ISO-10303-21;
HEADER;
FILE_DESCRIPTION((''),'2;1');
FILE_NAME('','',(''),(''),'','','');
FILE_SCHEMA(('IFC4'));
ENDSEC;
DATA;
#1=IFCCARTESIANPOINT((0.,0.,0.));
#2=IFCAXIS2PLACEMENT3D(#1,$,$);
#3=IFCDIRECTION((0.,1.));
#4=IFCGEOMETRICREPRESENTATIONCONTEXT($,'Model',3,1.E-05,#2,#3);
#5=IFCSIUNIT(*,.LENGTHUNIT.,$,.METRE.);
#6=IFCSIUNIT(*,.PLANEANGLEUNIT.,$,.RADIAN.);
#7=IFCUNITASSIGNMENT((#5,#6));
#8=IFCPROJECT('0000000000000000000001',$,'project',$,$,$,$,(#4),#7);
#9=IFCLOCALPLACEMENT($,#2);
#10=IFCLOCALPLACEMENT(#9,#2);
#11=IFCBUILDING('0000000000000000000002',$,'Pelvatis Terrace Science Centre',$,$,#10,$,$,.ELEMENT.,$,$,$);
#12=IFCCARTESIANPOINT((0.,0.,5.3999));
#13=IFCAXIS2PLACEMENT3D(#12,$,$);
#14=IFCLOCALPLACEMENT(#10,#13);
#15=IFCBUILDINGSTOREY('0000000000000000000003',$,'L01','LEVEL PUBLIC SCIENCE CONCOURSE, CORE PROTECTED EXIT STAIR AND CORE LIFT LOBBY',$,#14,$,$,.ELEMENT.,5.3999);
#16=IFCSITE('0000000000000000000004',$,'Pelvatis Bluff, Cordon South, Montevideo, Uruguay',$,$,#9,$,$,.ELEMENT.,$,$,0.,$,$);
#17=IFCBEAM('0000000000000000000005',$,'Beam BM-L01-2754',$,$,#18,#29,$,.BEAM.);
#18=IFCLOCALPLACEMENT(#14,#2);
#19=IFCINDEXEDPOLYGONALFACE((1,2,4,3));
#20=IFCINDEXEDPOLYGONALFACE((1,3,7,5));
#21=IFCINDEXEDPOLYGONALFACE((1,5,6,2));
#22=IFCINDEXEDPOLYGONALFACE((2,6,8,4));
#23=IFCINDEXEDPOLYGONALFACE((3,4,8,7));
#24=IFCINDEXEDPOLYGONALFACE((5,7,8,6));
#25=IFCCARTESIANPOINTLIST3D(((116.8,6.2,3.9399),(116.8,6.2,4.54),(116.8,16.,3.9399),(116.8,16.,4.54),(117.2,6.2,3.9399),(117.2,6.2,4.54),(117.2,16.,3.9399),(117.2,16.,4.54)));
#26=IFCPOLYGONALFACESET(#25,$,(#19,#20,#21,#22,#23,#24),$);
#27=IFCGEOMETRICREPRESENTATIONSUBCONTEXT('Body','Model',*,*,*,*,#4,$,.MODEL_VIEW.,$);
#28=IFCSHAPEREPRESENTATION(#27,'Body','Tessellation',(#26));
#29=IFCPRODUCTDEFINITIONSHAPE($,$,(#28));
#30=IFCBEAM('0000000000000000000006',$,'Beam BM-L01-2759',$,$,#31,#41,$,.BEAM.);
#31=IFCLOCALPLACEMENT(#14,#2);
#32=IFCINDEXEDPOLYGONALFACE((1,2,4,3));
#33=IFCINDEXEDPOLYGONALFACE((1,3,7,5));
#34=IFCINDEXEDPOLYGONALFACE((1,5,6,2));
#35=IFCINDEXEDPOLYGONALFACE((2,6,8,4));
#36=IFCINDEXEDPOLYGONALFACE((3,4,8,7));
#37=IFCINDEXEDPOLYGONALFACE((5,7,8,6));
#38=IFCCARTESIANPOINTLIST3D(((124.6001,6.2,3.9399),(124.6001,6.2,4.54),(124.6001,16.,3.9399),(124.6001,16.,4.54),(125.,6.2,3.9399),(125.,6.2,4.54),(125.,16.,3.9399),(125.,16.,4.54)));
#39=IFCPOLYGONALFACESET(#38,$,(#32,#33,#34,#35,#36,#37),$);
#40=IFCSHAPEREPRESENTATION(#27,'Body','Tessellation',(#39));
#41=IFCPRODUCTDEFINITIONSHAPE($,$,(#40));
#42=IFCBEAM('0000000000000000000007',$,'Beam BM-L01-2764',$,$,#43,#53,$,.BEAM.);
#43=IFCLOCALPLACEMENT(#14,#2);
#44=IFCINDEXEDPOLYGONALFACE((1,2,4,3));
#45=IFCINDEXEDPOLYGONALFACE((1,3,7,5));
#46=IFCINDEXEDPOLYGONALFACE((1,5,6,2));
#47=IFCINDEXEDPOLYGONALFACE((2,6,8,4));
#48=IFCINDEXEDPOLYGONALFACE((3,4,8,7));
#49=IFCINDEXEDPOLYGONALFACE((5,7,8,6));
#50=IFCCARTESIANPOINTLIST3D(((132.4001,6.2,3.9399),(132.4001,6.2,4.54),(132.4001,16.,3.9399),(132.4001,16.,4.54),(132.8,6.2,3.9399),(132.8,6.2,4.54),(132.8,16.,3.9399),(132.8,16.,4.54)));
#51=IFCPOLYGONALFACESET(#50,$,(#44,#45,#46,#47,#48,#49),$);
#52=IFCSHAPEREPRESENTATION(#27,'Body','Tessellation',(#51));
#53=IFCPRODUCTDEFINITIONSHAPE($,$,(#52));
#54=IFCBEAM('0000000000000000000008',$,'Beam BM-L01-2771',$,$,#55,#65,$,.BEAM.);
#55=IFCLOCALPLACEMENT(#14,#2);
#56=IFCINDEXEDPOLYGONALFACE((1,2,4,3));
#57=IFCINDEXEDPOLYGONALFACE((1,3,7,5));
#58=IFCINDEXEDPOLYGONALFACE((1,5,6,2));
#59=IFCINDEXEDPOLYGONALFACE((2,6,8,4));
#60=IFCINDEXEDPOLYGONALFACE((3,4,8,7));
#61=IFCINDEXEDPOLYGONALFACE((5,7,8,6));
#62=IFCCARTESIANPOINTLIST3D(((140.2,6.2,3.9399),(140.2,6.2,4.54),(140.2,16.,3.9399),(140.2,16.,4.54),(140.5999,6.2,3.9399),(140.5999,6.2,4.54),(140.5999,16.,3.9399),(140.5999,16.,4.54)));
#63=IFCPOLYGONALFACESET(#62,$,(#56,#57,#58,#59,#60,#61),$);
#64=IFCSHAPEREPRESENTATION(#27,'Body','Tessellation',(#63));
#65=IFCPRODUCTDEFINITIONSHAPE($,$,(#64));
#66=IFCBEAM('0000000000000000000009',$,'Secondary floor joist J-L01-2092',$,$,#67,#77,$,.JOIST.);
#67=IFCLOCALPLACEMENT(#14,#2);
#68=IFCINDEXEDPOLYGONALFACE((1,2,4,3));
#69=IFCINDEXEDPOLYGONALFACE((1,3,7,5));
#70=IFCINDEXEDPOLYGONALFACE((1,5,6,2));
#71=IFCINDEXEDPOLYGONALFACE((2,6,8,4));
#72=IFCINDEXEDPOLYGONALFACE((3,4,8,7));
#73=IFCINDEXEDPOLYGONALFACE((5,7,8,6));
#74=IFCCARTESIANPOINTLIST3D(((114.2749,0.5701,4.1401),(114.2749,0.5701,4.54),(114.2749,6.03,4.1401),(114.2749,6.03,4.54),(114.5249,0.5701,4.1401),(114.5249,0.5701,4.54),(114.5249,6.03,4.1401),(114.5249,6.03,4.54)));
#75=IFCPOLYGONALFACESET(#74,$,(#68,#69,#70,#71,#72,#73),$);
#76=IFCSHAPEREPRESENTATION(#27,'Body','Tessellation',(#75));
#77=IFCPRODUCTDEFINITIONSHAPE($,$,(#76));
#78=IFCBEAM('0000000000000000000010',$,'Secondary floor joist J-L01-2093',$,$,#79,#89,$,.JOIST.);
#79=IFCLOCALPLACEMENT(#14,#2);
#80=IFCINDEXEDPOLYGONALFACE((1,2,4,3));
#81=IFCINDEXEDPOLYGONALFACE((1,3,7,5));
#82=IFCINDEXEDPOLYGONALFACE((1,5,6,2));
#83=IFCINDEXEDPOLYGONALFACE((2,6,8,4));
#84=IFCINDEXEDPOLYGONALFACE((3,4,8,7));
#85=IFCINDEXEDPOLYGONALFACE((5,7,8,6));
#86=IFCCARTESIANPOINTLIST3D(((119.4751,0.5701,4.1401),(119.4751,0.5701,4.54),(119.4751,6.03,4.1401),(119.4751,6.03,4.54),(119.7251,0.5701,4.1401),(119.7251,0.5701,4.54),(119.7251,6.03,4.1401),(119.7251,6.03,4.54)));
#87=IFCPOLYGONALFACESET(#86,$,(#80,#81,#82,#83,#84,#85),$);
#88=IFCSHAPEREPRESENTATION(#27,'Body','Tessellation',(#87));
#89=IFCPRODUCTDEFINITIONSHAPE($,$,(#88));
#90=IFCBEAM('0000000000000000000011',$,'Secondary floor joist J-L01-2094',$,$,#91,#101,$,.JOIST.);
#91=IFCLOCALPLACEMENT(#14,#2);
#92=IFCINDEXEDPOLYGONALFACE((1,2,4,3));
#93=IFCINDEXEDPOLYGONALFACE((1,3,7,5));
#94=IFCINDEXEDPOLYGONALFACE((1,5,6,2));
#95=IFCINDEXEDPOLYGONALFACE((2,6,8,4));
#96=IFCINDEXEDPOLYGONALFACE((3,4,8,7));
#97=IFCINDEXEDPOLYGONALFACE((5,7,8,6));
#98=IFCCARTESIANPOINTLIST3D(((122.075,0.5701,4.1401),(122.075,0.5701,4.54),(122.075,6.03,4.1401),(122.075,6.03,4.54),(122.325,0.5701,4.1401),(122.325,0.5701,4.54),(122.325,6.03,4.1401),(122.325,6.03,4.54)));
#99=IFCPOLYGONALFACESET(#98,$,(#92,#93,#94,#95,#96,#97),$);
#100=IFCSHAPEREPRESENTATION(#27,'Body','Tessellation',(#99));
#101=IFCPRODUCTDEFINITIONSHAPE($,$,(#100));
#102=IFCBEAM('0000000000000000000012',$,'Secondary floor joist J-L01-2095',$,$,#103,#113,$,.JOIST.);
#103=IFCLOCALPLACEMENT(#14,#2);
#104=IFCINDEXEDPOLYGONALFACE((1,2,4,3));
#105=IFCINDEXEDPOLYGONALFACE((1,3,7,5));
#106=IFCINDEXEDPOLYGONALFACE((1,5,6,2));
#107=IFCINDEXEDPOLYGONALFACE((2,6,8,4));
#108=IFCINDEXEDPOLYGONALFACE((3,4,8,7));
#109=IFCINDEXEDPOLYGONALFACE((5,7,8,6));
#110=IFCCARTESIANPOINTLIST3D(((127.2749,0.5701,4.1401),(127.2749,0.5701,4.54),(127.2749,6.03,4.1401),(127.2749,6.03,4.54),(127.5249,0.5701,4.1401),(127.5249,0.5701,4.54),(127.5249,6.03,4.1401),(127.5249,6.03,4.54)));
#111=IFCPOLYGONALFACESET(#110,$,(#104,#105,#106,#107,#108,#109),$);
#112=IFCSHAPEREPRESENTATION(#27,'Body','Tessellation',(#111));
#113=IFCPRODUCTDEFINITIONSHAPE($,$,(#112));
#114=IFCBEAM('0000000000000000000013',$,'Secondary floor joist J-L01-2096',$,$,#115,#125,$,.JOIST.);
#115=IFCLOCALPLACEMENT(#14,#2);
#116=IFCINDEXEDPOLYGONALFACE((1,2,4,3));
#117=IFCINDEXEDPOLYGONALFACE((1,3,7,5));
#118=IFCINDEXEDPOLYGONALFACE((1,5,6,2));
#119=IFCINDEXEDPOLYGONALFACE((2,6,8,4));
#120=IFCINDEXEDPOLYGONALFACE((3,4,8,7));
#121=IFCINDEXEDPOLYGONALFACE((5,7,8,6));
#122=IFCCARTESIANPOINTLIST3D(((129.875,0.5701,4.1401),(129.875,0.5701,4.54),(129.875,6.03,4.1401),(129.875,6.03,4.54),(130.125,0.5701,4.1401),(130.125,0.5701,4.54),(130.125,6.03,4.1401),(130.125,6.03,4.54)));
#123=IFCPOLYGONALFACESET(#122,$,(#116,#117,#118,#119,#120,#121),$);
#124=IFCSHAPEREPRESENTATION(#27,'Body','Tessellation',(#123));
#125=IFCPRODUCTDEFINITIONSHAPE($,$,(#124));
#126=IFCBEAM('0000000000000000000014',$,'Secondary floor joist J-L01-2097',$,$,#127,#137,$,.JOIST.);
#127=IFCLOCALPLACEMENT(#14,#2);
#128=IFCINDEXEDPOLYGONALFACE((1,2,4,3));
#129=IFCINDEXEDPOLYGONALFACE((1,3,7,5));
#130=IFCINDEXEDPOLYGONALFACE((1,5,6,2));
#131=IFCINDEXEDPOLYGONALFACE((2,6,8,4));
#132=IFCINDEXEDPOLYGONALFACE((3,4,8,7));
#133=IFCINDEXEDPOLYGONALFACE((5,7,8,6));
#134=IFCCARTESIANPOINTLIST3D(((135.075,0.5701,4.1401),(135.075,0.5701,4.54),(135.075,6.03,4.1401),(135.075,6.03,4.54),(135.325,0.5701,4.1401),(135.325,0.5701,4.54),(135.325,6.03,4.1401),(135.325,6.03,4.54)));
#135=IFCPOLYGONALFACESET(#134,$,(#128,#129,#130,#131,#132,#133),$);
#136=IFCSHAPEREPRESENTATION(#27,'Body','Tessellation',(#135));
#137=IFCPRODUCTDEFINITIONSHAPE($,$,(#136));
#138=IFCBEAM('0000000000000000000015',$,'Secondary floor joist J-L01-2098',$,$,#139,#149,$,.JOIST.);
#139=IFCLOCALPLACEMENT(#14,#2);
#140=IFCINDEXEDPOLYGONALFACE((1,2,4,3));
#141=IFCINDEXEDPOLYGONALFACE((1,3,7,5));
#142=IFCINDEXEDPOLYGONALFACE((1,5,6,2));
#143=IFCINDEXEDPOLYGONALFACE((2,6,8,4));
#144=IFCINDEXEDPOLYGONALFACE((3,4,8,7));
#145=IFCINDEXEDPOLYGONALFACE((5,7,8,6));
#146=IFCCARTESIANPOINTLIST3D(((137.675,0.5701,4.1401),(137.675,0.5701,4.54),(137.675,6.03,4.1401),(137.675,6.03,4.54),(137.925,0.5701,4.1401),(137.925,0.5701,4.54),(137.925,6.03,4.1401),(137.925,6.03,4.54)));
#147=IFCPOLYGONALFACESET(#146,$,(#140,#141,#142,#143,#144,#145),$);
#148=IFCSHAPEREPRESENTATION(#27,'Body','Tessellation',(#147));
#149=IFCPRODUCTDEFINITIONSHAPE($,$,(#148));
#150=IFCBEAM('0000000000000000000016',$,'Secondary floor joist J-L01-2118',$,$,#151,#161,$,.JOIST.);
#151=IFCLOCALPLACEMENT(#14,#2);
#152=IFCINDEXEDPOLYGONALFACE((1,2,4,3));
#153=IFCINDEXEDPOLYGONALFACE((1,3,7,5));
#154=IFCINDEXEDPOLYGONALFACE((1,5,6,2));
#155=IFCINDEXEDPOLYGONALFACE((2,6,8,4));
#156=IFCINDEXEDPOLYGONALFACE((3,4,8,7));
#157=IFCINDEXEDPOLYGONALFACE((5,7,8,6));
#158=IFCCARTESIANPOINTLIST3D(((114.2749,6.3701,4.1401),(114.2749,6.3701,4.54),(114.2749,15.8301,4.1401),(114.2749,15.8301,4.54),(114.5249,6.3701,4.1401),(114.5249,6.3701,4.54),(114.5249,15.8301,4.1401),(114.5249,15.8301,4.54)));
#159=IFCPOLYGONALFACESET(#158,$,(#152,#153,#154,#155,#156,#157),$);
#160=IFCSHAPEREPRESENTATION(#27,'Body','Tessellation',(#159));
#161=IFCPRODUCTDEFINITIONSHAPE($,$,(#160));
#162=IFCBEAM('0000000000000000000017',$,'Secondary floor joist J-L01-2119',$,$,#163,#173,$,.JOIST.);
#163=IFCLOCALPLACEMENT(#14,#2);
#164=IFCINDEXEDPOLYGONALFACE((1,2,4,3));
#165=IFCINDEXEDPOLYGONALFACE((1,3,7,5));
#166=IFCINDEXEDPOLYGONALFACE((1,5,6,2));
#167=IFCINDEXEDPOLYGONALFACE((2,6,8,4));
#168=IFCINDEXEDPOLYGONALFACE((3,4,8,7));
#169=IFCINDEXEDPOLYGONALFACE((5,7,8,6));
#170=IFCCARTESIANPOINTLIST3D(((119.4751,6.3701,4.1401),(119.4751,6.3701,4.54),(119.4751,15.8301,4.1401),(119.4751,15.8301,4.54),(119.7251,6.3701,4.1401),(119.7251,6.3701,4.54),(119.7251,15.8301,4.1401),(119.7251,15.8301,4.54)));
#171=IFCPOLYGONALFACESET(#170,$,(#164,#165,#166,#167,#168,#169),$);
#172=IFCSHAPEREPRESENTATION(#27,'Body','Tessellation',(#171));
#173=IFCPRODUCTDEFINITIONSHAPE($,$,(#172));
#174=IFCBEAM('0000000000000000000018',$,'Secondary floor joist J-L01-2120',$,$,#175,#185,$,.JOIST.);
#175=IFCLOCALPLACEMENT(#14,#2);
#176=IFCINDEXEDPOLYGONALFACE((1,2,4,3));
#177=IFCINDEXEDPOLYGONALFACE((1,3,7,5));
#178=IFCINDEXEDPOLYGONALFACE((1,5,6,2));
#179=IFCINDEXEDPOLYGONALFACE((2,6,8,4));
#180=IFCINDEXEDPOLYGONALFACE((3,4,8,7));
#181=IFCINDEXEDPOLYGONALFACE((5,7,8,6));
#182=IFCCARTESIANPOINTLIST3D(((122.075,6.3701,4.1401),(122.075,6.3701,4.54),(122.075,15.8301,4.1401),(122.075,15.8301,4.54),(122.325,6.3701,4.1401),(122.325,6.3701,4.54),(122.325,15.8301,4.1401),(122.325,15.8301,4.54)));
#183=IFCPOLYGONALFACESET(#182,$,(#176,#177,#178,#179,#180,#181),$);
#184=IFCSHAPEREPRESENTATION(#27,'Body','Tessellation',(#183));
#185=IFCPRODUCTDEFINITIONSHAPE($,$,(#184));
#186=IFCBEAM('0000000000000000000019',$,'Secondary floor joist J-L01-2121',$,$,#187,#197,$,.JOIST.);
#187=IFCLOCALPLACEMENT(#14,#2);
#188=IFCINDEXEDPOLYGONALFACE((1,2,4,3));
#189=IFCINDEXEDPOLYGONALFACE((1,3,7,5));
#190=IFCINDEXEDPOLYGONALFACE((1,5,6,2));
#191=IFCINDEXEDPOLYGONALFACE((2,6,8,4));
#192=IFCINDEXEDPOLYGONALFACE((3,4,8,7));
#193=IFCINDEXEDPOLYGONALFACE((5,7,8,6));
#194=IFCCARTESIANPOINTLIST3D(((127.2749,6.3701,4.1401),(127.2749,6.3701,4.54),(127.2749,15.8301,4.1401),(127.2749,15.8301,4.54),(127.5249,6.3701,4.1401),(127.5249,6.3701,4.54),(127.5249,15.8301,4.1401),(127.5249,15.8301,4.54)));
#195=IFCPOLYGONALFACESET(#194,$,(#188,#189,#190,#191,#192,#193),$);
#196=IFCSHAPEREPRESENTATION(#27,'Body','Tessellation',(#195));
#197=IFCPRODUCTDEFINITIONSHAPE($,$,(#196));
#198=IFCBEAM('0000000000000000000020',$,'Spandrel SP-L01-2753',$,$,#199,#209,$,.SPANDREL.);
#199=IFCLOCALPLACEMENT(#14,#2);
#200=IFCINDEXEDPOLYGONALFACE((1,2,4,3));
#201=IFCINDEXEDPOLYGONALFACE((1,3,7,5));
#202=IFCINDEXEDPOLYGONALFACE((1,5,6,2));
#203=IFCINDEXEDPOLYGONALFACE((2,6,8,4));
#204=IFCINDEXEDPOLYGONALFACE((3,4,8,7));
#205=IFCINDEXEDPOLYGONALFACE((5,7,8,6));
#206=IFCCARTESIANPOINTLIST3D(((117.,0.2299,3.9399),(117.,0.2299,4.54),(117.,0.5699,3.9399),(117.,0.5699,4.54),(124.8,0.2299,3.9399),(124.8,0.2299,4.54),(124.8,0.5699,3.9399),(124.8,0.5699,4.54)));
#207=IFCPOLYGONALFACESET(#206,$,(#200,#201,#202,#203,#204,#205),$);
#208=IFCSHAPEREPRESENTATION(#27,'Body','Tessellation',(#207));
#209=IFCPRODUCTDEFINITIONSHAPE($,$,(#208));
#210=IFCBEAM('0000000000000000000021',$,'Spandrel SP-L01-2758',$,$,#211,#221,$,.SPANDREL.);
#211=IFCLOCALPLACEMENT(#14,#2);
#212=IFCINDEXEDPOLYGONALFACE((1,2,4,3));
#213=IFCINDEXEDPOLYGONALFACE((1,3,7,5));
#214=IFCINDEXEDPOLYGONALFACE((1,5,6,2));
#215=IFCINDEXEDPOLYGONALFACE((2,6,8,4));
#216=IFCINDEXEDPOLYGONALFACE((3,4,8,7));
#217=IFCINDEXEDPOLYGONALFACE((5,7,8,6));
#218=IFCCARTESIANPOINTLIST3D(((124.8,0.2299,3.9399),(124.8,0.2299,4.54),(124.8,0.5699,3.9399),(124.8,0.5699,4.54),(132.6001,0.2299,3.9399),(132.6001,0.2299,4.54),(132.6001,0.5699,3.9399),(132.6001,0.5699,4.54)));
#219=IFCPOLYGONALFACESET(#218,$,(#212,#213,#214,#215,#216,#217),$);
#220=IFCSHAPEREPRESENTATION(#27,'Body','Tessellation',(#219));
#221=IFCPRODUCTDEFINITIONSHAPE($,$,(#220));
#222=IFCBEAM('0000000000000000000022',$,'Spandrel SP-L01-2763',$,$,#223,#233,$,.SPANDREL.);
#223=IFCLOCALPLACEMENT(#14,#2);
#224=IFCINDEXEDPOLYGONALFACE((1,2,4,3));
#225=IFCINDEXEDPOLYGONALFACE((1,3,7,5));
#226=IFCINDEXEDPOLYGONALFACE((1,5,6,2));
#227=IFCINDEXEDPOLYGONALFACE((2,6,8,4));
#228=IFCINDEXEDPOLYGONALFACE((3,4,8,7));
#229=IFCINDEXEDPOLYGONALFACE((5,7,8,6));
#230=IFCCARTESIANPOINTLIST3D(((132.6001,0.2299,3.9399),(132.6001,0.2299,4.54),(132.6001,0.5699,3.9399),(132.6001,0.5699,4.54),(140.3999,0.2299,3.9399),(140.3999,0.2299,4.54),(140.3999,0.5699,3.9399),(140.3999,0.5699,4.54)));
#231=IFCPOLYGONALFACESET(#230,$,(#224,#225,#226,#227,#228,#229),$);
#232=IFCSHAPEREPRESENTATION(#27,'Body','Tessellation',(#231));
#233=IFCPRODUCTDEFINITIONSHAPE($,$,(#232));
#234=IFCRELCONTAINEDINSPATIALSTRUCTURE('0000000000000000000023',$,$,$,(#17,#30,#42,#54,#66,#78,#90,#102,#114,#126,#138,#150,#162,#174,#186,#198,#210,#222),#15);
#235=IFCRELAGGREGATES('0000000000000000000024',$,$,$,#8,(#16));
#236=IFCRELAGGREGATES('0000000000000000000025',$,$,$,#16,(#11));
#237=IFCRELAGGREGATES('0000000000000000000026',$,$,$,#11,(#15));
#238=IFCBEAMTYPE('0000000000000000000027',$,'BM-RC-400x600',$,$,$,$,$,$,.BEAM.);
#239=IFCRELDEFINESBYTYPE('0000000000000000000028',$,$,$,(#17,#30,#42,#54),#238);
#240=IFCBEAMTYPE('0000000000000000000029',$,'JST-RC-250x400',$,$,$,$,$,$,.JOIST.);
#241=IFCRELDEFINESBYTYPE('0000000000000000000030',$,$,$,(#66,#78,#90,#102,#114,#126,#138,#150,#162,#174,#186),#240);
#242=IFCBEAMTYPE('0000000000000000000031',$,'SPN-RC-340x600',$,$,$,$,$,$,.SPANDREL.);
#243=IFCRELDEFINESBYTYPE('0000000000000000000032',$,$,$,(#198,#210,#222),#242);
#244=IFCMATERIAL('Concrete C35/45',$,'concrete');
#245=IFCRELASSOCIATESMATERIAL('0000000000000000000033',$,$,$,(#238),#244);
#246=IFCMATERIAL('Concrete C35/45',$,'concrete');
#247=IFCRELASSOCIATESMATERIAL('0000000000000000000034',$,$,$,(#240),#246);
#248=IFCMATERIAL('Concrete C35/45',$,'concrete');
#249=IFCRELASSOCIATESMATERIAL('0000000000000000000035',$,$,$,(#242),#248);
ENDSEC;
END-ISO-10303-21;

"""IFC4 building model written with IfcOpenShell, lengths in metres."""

from ifc_helpers import new_model, si_unit, direction, frame, origin, origin_2d, place, context, subcontext, project, spatial, rectangle, extrude, material, material_profile, profile_set, type_object, element, save


model = new_model("IFC4")

# Units and contexts
model_context = context("Model", 3, precision=1e-05, world=origin(), true_north=direction((0.0, 1.0)))
body_context = subcontext(model_context, "Body", "Model", "MODEL_VIEW")
ifc_project = project(units=[si_unit("LENGTHUNIT", "METRE"), si_unit("PLANEANGLEUNIT", "RADIAN")], contexts=[model_context])

# Site, building, storey
site_placement = place(None, origin())
site = spatial("IfcSite", under=ifc_project, at=site_placement, Name="Pelvatis Bluff, Cordon South, Montevideo, Uruguay", CompositionType="ELEMENT", RefElevation=0.0)
building_placement = place(site_placement, origin())
building = spatial("IfcBuilding", under=site, at=building_placement, Name="Pelvatis Terrace Science Centre", CompositionType="ELEMENT")
storey_placement = place(building_placement, frame((0.0, 0.0, 5.3999)))
storey = spatial("IfcBuildingStorey", under=building, at=storey_placement, Name="L01", Description="LEVEL PUBLIC SCIENCE CONCOURSE, CORE PROTECTED EXIT STAIR AND CORE LIFT LOBBY", CompositionType="ELEMENT", Elevation=5.3999)

# Beams
ifc_material_1 = material(Name="Concrete C35/45", Category="concrete")
ifc_material_profile_1 = material_profile(ifc_material_1, rectangle(XDim=0.3999, YDim=0.6001, at=origin_2d()), Name="RC-BM 400x600")
ifc_profile_set_1 = profile_set([ifc_material_profile_1], Name="Concrete C35/45")
beam_type_1 = type_object("IfcBeamType", Name="BM-RC-400x600", PredefinedType="BEAM", material=ifc_profile_set_1)
for number, where, z_axis, x_axis, name in (
    (1, (117.0, 6.2, 4.24), (0.0, 1.0, 0.0), (-1.0, 0.0, 0.0), "Beam BM-L01-2754"),
    (2, (124.8, 6.2, 4.24), (0.0, 1.0, 0.0), (-1.0, 0.0, 0.0), "Beam BM-L01-2759"),
    (3, (132.6001, 6.2, 4.24), (0.0, 1.0, 0.0), (-1.0, 0.0, 0.0), "Beam BM-L01-2764"),
    (4, (140.3999, 6.2, 4.24), (0.0, 1.0, 0.0), (-1.0, 0.0, 0.0), "Beam BM-L01-2771"),
):
    element("IfcBeam", number, at=place(storey_placement, frame(where, z_axis=z_axis, x_axis=x_axis)), inside=storey, type_object=beam_type_1, Name=name, PredefinedType="BEAM", context=body_context, shape_type="SweptSolid", body=[
        extrude(rectangle(XDim=0.3999, YDim=0.6001, at=origin_2d()), origin(), (0.0, 0.0, 1.0), 9.8),
    ])
ifc_material_2 = material(Name="Concrete C35/45", Category="concrete")
ifc_material_profile_2 = material_profile(ifc_material_2, rectangle(XDim=0.25, YDim=0.3999, at=origin_2d()), Name="RC-JST 250x400")
ifc_profile_set_2 = profile_set([ifc_material_profile_2], Name="Concrete C35/45")
beam_type_2 = type_object("IfcBeamType", Name="JST-RC-250x400", PredefinedType="JOIST", material=ifc_profile_set_2)
for number, where, z_axis, x_axis, name in (
    (5, (114.3999, 0.5701, 4.3401), (0.0, 1.0, 0.0), (-1.0, 0.0, 0.0), "Secondary floor joist J-L01-2092"),
    (6, (119.6001, 0.5701, 4.3401), (0.0, 1.0, 0.0), (-1.0, 0.0, 0.0), "Secondary floor joist J-L01-2093"),
    (7, (122.2, 0.5701, 4.3401), (0.0, 1.0, 0.0), (-1.0, 0.0, 0.0), "Secondary floor joist J-L01-2094"),
    (8, (127.3999, 0.5701, 4.3401), (0.0, 1.0, 0.0), (-1.0, 0.0, 0.0), "Secondary floor joist J-L01-2095"),
    (9, (130.0, 0.5701, 4.3401), (0.0, 1.0, 0.0), (-1.0, 0.0, 0.0), "Secondary floor joist J-L01-2096"),
    (10, (135.2, 0.5701, 4.3401), (0.0, 1.0, 0.0), (-1.0, 0.0, 0.0), "Secondary floor joist J-L01-2097"),
    (11, (137.8, 0.5701, 4.3401), (0.0, 1.0, 0.0), (-1.0, 0.0, 0.0), "Secondary floor joist J-L01-2098"),
):
    element("IfcBeam", number, at=place(storey_placement, frame(where, z_axis=z_axis, x_axis=x_axis)), inside=storey, type_object=beam_type_2, Name=name, PredefinedType="JOIST", context=body_context, shape_type="SweptSolid", body=[
        extrude(rectangle(XDim=0.25, YDim=0.3999, at=origin_2d()), origin(), (0.0, 0.0, 1.0), 5.46),
    ])
for number, where, z_axis, x_axis, name in (
    (12, (114.3999, 6.3701, 4.3401), (0.0, 1.0, 0.0), (-1.0, 0.0, 0.0), "Secondary floor joist J-L01-2118"),
    (13, (119.6001, 6.3701, 4.3401), (0.0, 1.0, 0.0), (-1.0, 0.0, 0.0), "Secondary floor joist J-L01-2119"),
    (14, (122.2, 6.3701, 4.3401), (0.0, 1.0, 0.0), (-1.0, 0.0, 0.0), "Secondary floor joist J-L01-2120"),
    (15, (127.3999, 6.3701, 4.3401), (0.0, 1.0, 0.0), (-1.0, 0.0, 0.0), "Secondary floor joist J-L01-2121"),
):
    element("IfcBeam", number, at=place(storey_placement, frame(where, z_axis=z_axis, x_axis=x_axis)), inside=storey, type_object=beam_type_2, Name=name, PredefinedType="JOIST", context=body_context, shape_type="SweptSolid", body=[
        extrude(rectangle(XDim=0.25, YDim=0.3999, at=origin_2d()), origin(), (0.0, 0.0, 1.0), 9.46),
    ])
ifc_material_3 = material(Name="Concrete C35/45", Category="concrete")
ifc_material_profile_3 = material_profile(ifc_material_3, rectangle(XDim=0.3401, YDim=0.6001, at=origin_2d()), Name="RC-SPN 340x600")
ifc_profile_set_3 = profile_set([ifc_material_profile_3], Name="Concrete C35/45")
beam_type_3 = type_object("IfcBeamType", Name="SPN-RC-340x600", PredefinedType="SPANDREL", material=ifc_profile_set_3)
for number, where, z_axis, x_axis, name in (
    (16, (117.0, 0.3999, 4.24), (1.0, 0.0, 0.0), (0.0, 1.0, 0.0), "Spandrel SP-L01-2753"),
    (17, (124.8, 0.3999, 4.24), (1.0, 0.0, 0.0), (0.0, 1.0, 0.0), "Spandrel SP-L01-2758"),
):
    element("IfcBeam", number, at=place(storey_placement, frame(where, z_axis=z_axis, x_axis=x_axis)), inside=storey, type_object=beam_type_3, Name=name, PredefinedType="SPANDREL", context=body_context, shape_type="SweptSolid", body=[
        extrude(rectangle(XDim=0.3401, YDim=0.6001, at=origin_2d()), origin(), (0.0, 0.0, 1.0), 7.8),
    ])
beam_1_placement = place(storey_placement, frame((132.6001, 0.3999, 4.24), z_axis=(1.0, 0.0, 0.0), x_axis=(0.0, 1.0, 0.0)))
element("IfcBeam", 18, at=beam_1_placement, inside=storey, type_object=beam_type_3, Name="Spandrel SP-L01-2763", PredefinedType="SPANDREL", context=body_context, shape_type="SweptSolid", body=[
    extrude(rectangle(XDim=0.3401, YDim=0.6001, at=origin_2d()), origin(), (0.0, 0.0, 1.0), 7.7998),
])

save(model, "model.ifc")
